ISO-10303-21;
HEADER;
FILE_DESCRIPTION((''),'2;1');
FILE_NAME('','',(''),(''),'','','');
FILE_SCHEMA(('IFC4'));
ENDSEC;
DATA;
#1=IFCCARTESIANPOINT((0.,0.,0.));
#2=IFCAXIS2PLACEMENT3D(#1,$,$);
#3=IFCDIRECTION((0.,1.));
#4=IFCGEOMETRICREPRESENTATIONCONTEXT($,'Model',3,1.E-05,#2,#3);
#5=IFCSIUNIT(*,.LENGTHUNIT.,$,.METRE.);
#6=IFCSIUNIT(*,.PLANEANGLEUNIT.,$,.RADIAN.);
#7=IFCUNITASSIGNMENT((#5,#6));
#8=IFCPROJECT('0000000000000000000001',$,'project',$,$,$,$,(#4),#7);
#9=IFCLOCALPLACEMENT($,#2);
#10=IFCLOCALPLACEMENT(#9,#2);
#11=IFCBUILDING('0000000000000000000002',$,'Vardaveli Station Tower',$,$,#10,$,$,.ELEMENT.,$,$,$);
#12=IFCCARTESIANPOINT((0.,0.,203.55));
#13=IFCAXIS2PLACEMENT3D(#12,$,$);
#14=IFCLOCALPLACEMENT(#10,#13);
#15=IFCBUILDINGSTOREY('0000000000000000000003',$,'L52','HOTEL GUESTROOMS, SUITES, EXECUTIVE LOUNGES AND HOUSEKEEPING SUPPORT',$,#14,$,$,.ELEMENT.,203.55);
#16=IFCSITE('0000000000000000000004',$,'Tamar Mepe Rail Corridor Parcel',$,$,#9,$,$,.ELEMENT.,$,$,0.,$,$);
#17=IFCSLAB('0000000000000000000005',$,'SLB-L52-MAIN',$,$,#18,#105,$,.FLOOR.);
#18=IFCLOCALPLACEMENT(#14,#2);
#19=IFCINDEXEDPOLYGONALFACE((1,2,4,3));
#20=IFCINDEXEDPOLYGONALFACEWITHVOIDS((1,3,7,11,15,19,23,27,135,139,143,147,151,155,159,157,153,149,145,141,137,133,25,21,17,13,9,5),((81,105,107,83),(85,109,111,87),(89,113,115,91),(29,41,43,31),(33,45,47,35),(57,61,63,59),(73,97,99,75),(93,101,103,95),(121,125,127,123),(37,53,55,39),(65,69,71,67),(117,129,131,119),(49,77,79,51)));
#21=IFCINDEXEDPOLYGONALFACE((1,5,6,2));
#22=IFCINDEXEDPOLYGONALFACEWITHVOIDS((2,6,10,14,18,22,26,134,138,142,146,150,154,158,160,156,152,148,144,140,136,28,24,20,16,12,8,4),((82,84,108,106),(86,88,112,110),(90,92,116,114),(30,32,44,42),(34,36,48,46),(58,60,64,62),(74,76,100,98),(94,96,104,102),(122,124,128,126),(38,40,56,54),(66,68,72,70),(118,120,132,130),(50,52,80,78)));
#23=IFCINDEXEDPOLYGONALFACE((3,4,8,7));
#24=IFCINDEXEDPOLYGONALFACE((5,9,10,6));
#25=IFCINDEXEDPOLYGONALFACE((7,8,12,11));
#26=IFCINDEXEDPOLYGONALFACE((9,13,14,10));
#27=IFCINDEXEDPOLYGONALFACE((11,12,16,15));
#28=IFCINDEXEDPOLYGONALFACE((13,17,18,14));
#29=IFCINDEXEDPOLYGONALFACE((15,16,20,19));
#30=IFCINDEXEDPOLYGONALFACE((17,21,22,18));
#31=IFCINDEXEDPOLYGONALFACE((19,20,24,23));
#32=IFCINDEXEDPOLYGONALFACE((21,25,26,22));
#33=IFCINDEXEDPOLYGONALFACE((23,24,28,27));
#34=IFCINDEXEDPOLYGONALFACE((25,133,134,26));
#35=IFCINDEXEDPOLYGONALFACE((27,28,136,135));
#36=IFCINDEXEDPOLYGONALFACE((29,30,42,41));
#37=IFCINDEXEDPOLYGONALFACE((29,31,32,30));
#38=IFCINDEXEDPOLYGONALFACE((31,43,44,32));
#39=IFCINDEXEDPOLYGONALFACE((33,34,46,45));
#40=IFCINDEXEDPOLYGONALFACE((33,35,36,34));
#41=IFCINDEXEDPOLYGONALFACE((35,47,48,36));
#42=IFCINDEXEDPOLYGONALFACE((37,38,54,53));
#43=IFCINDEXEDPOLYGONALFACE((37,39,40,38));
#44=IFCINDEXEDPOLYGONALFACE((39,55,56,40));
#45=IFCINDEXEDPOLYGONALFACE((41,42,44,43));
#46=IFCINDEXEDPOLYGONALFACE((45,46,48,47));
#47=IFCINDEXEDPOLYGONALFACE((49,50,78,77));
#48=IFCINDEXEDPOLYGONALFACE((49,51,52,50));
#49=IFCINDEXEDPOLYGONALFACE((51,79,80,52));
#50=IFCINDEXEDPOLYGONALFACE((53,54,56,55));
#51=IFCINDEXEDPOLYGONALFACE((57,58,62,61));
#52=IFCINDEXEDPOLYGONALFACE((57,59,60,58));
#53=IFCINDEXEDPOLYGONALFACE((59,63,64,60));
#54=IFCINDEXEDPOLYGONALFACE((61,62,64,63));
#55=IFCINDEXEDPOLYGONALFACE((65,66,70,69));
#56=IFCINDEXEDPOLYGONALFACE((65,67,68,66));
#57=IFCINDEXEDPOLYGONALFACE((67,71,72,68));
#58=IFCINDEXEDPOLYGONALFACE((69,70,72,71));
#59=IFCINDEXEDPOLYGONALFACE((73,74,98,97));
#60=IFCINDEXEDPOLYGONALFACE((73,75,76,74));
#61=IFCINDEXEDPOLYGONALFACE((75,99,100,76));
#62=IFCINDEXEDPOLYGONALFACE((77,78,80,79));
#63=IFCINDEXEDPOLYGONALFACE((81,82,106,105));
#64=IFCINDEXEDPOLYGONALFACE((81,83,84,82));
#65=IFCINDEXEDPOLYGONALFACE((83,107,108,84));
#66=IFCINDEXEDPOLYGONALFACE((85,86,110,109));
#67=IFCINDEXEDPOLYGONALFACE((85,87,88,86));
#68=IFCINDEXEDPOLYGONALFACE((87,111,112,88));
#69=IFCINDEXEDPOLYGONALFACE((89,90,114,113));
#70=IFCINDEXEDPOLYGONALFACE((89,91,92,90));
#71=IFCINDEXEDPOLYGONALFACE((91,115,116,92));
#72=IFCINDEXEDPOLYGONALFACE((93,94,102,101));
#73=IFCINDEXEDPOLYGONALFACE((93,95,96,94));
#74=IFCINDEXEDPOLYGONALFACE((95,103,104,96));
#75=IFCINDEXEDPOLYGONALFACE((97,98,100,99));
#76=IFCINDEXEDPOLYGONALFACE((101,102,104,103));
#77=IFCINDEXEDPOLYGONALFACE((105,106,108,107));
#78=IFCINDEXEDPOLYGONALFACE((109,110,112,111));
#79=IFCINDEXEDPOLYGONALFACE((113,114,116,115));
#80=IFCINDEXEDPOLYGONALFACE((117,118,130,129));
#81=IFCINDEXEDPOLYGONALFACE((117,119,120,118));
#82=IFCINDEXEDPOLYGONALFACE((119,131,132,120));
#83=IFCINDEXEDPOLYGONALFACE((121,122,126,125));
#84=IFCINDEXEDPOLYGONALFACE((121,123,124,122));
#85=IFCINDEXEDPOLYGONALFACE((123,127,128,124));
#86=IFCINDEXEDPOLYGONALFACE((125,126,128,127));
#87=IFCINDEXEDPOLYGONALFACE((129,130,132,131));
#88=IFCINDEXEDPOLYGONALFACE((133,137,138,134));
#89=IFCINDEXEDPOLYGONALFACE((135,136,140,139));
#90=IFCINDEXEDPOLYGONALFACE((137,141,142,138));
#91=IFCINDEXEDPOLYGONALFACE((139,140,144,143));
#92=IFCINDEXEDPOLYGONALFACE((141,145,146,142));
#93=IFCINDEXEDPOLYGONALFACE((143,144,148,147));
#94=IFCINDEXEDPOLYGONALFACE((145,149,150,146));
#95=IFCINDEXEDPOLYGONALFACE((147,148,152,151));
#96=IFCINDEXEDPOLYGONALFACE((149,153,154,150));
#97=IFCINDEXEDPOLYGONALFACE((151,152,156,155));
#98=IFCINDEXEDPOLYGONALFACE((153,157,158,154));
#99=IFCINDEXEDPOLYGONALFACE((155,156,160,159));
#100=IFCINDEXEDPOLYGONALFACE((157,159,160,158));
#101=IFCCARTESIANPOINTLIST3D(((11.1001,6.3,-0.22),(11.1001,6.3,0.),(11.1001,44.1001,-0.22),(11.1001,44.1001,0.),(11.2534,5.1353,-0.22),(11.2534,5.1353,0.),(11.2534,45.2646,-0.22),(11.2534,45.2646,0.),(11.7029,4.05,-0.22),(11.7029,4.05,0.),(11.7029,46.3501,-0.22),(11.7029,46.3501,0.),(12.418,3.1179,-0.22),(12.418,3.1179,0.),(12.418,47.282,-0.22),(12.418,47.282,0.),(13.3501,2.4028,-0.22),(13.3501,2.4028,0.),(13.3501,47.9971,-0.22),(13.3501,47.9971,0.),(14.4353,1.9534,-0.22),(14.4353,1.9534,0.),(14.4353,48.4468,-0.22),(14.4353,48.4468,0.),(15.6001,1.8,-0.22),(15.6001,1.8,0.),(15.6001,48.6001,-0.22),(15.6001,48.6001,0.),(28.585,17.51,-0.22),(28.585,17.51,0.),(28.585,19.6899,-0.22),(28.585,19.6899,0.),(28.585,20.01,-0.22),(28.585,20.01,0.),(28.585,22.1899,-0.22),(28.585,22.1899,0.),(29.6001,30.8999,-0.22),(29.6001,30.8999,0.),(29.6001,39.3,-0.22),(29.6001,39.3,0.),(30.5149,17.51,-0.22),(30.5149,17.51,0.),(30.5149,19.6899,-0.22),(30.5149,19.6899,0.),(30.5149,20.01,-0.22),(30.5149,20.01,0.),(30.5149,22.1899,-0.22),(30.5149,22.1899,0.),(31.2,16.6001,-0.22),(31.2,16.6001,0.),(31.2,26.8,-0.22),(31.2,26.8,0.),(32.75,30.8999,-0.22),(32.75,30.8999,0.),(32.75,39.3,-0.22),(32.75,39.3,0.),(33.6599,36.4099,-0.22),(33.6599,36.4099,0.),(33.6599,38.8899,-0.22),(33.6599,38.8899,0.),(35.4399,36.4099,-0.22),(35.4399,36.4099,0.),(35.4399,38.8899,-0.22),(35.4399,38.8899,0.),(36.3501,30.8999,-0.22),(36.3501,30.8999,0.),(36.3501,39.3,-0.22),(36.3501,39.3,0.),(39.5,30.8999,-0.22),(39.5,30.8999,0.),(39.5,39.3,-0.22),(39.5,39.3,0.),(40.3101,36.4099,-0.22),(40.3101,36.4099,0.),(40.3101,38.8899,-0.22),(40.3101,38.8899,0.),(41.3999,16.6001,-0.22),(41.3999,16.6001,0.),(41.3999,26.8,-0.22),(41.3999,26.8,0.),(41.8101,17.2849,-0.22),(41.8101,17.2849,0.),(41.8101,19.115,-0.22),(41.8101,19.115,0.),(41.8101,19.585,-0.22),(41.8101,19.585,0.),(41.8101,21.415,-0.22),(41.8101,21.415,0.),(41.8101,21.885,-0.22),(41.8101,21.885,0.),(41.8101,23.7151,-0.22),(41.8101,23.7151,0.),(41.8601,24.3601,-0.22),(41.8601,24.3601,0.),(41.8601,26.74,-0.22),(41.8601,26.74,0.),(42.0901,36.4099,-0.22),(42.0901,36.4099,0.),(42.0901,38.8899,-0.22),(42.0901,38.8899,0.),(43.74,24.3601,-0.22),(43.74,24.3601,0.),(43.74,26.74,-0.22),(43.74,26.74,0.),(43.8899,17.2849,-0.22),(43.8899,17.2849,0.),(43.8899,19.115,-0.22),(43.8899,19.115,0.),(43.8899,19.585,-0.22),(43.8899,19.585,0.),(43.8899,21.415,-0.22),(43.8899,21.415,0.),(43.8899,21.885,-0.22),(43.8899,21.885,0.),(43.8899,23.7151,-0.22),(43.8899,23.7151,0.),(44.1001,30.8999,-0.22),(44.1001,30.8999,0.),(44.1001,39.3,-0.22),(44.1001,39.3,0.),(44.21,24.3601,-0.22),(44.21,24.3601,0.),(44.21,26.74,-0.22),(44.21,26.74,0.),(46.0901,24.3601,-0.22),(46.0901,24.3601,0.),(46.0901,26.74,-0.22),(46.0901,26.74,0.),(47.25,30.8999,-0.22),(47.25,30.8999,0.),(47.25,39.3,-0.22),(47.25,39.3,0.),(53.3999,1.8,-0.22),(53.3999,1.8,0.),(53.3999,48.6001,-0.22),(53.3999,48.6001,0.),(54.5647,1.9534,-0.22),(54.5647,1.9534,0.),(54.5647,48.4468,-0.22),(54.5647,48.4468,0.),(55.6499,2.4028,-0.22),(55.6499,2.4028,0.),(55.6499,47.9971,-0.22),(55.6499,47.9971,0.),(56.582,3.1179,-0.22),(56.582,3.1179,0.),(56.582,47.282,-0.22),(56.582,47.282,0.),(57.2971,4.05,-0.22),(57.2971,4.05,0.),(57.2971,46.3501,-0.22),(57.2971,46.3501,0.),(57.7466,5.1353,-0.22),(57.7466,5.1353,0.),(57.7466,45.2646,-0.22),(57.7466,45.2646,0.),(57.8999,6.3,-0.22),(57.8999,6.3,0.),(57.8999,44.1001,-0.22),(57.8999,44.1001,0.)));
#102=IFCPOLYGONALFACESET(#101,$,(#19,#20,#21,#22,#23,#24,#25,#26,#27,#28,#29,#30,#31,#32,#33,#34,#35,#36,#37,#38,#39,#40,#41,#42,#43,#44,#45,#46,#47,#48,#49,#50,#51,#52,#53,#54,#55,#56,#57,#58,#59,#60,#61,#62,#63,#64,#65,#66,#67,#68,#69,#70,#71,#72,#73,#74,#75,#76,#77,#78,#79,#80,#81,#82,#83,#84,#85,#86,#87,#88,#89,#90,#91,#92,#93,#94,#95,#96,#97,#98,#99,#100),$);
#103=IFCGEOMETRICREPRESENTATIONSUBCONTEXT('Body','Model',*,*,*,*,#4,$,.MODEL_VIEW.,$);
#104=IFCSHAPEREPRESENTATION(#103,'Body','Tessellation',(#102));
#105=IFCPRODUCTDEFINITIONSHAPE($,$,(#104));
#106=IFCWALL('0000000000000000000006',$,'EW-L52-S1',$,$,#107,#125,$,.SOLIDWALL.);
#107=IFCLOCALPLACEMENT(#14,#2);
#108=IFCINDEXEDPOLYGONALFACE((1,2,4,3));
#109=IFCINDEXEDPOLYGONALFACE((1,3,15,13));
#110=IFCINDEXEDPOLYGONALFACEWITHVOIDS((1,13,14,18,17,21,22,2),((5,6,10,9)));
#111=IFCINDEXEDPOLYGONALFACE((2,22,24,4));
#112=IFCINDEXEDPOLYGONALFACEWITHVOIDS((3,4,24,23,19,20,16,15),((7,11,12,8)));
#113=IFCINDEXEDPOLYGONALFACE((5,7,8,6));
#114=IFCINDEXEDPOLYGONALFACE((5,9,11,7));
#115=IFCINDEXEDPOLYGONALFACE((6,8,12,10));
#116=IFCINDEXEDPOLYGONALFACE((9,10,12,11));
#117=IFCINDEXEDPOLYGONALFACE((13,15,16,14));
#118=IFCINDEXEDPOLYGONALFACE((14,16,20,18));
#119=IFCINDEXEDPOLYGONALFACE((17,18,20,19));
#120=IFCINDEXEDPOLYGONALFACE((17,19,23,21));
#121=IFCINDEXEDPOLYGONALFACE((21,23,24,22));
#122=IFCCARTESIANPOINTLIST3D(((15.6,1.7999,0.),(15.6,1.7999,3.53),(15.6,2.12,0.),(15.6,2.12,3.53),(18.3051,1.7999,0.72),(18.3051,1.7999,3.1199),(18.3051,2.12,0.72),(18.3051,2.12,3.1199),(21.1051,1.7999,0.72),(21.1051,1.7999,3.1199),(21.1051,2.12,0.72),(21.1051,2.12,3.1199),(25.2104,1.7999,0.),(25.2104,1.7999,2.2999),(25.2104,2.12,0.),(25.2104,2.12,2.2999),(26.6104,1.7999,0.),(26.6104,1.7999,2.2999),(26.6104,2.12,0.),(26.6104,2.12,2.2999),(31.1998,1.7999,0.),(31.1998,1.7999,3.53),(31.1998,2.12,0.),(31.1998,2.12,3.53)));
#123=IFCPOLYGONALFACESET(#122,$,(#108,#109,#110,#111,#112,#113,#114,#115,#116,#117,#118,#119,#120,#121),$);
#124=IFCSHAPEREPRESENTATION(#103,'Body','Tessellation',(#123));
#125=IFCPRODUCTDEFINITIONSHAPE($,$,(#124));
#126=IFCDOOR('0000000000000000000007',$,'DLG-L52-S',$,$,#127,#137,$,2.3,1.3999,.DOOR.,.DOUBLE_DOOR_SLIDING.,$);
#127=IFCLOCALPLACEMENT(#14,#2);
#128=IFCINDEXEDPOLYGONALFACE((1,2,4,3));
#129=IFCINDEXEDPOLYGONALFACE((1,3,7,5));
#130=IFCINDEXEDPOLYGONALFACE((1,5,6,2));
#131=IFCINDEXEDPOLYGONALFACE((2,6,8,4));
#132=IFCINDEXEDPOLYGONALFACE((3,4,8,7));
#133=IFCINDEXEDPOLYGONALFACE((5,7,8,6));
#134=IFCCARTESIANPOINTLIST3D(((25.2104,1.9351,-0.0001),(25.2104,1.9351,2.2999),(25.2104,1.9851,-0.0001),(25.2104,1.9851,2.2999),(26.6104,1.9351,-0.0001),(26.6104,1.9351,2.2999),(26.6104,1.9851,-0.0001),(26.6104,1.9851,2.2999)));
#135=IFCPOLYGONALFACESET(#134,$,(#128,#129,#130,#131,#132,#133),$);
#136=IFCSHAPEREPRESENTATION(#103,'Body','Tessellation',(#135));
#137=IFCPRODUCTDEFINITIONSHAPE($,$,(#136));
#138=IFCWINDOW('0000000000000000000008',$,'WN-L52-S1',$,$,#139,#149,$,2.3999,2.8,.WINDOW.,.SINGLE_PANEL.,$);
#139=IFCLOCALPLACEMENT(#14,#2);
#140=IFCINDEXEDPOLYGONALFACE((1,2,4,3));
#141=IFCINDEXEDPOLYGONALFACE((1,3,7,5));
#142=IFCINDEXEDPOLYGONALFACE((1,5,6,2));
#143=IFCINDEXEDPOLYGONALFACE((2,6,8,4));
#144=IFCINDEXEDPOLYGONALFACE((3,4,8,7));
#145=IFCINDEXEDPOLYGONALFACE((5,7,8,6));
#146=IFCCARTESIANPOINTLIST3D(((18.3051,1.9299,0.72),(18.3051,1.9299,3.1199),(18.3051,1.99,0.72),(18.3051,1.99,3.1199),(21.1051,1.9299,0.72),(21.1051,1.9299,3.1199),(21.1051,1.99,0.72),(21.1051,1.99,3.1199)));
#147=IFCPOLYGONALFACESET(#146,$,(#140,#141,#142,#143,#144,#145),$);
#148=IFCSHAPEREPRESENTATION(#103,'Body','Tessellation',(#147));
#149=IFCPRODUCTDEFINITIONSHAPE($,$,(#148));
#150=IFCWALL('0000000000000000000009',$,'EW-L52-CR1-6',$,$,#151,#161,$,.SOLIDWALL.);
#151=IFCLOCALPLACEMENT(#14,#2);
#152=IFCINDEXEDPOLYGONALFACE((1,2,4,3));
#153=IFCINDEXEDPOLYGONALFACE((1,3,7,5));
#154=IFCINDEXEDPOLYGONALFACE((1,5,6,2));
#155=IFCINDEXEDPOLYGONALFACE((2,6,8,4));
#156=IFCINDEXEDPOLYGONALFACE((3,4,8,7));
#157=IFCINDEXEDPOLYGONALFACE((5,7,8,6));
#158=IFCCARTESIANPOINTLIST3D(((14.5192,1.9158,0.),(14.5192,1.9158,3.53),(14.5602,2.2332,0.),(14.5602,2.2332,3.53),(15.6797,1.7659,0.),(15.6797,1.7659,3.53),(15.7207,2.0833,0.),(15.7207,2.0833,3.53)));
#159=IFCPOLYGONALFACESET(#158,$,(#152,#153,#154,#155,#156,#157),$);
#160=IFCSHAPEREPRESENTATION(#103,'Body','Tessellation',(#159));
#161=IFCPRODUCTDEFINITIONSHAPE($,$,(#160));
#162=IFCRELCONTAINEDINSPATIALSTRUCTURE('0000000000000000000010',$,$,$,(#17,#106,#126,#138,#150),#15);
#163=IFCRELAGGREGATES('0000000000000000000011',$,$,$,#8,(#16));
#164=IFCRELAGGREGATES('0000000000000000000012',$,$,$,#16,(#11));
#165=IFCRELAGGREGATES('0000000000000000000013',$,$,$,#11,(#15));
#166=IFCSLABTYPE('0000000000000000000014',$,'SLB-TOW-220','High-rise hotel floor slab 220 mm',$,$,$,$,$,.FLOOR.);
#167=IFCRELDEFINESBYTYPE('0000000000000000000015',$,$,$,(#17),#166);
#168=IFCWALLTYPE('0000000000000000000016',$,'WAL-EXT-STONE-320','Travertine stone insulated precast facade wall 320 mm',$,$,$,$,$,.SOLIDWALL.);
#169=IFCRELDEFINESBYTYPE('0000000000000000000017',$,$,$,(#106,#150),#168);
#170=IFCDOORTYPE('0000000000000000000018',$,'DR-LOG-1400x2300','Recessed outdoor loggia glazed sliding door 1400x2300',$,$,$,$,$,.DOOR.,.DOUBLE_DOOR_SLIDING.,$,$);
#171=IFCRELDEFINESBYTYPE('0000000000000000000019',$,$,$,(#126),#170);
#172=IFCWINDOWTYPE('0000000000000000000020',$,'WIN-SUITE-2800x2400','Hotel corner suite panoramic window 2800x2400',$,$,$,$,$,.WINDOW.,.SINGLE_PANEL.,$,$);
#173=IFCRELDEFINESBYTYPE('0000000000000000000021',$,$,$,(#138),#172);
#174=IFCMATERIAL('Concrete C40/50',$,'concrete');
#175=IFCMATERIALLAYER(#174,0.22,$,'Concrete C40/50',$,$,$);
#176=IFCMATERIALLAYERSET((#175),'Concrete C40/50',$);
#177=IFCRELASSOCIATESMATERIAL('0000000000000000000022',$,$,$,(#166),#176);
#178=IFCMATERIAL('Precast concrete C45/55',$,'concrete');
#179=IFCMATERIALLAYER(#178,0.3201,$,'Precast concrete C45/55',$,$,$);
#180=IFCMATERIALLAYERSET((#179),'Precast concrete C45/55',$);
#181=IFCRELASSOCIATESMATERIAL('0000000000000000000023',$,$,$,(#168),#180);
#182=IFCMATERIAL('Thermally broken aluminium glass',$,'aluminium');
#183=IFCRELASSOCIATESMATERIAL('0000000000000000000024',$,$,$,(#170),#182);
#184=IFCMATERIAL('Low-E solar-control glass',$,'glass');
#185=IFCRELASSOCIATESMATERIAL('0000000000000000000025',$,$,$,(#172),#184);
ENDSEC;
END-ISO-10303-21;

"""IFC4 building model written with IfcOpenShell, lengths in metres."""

from ifc_helpers import new_model, si_unit, direction, frame, frame_2d, origin, place, context, subcontext, project, spatial, polyline, rectangle, outline, extrude, source, transform, mapped, material, layer, layer_set, type_object, element, fill, save


model = new_model("IFC4")

# Units and contexts
model_context = context("Model", 3, precision=1e-05, world=origin(), true_north=direction((0.0, 1.0)))
body_context = subcontext(model_context, "Body", "Model", "MODEL_VIEW")
ifc_project = project(units=[si_unit("LENGTHUNIT", "METRE"), si_unit("PLANEANGLEUNIT", "RADIAN")], contexts=[model_context])

# Site, building, storey
site_placement = place(None, origin())
site = spatial("IfcSite", under=ifc_project, at=site_placement, Name="Tamar Mepe Rail Corridor Parcel", CompositionType="ELEMENT", RefElevation=0.0)
building_placement = place(site_placement, origin())
building = spatial("IfcBuilding", under=site, at=building_placement, Name="Vardaveli Station Tower", CompositionType="ELEMENT")
storey_placement = place(building_placement, frame((0.0, 0.0, 203.55)))
storey = spatial("IfcBuildingStorey", under=building, at=storey_placement, Name="L52", Description="HOTEL GUESTROOMS, SUITES, EXECUTIVE LOUNGES AND HOUSEKEEPING SUPPORT", CompositionType="ELEMENT", Elevation=203.55)

# Shared definitions
ifc_material_1 = material(Name="Concrete C40/50", Category="concrete")

# Slab
ifc_material_2 = material(Name="Precast concrete C45/55", Category="concrete")
ifc_layer_1 = layer(ifc_material_1, 0.22, Name="Concrete C40/50")
ifc_layer_set_1 = layer_set([ifc_layer_1], Name="Concrete C40/50")
slab_type_1 = type_object("IfcSlabType", Name="SLB-TOW-220", Description="High-rise hotel floor slab 220 mm", PredefinedType="FLOOR", material=ifc_layer_set_1)
slab_1_placement = place(storey_placement, frame((0.0, 0.0, -0.22)))
element("IfcSlab", 1, at=slab_1_placement, inside=storey, type_object=slab_type_1, Name="SLB-L52-MAIN", PredefinedType="FLOOR", context=body_context, shape_type="SweptSolid", body=[
    extrude(outline(polyline([(11.1001, 6.3), (11.2534, 5.1353), (11.7029, 4.05), (12.418, 3.1179), (13.3501, 2.4028), (14.4353, 1.9534), (15.6001, 1.8), (53.3999, 1.8), (54.5647, 1.9534), (55.6499, 2.4028), (56.582, 3.1179), (57.2971, 4.05), (57.7466, 5.1353), (57.8999, 6.3), (57.8999, 44.1001), (57.7466, 45.2646), (57.2971, 46.3501), (56.582, 47.282), (55.6499, 47.9971), (54.5647, 48.4468), (53.3999, 48.6001), (15.6001, 48.6001), (14.4353, 48.4468), (13.3501, 47.9971), (12.418, 47.282), (11.7029, 46.3501), (11.2534, 45.2646), (11.1001, 44.1001), (11.1001, 6.3)]), holes=[polyline([(31.2, 16.6001), (41.3999, 16.6001), (41.3999, 26.8), (31.2, 26.8), (31.2, 16.6001)]), polyline([(32.75, 30.8999), (32.75, 39.3), (29.6001, 39.3), (29.6001, 30.8999), (32.75, 30.8999)]), polyline([(39.5, 30.8999), (39.5, 39.3), (36.3501, 39.3), (36.3501, 30.8999), (39.5, 30.8999)]), polyline([(47.25, 30.8999), (47.25, 39.3), (44.1001, 39.3), (44.1001, 30.8999), (47.25, 30.8999)]), polyline([(33.6599, 36.4099), (35.4399, 36.4099), (35.4399, 38.8899), (33.6599, 38.8899), (33.6599, 36.4099)]), polyline([(40.3101, 36.4099), (42.0901, 36.4099), (42.0901, 38.8899), (40.3101, 38.8899), (40.3101, 36.4099)]), polyline([(41.8101, 21.885), (43.8899, 21.885), (43.8899, 23.7151), (41.8101, 23.7151), (41.8101, 21.885)]), polyline([(41.8101, 19.585), (43.8899, 19.585), (43.8899, 21.415), (41.8101, 21.415), (41.8101, 19.585)]), polyline([(41.8101, 17.2849), (43.8899, 17.2849), (43.8899, 19.115), (41.8101, 19.115), (41.8101, 17.2849)]), polyline([(28.585, 17.51), (30.5149, 17.51), (30.5149, 19.6899), (28.585, 19.6899), (28.585, 17.51)]), polyline([(28.585, 20.01), (30.5149, 20.01), (30.5149, 22.1899), (28.585, 22.1899), (28.585, 20.01)]), polyline([(41.8601, 24.3601), (43.74, 24.3601), (43.74, 26.74), (41.8601, 26.74), (41.8601, 24.3601)]), polyline([(44.21, 24.3601), (46.0901, 24.3601), (46.0901, 26.74), (44.21, 26.74), (44.21, 24.3601)])]), origin(), (0.0, 0.0, 1.0), 0.22),
])

# Wall, openings, door, window
ifc_layer_2 = layer(ifc_material_2, 0.3201, Name="Precast concrete C45/55")
ifc_layer_set_2 = layer_set([ifc_layer_2], Name="Precast concrete C45/55")
wall_type = type_object("IfcWallType", Name="WAL-EXT-STONE-320", Description="Travertine stone insulated precast facade wall 320 mm", PredefinedType="SOLIDWALL", material=ifc_layer_set_2)
shared_shape_1 = source(origin(), body_context, "Body", "SweptSolid", [
    extrude(rectangle(XDim=15.5999, YDim=0.3201, at=frame_2d((7.7998, 0.0))), origin(), (0.0, 0.0, 1.0), 3.53),
])
wall_1_placement = place(storey_placement, frame((15.6001, 1.96, 0.0), z_axis=(0.0, 0.0, 1.0), x_axis=(1.0, 0.0, 0.0)))
wall_1 = element("IfcWall", 2, at=wall_1_placement, inside=storey, type_object=wall_type, Name="EW-L52-S1", PredefinedType="SOLIDWALL", context=body_context, shape_type="MappedRepresentation", body=[
    mapped(shared_shape_1, transform((0.0, 0.0, 0.0), scale=1.0)),
])
shared_shape_2 = source(origin(), body_context, "Body", "SweptSolid", [
    extrude(rectangle(XDim=1.3999, YDim=2.3, at=frame_2d((0.7, 1.1499))), frame((0.0, 0.1699, 0.0), z_axis=(0.0, -1.0, 0.0), x_axis=(1.0, 0.0, 0.0)), (0.0, 0.0, 1.0), 0.3401),
])
opening_1_placement = place(wall_1_placement, frame((9.6104, 0.0, 0.0)))
opening_1 = element("IfcOpeningElement", 3, at=opening_1_placement, cuts=wall_1, PredefinedType="OPENING", context=body_context, shape_type="MappedRepresentation", body=[
    mapped(shared_shape_2, transform((0.0, 0.0, 0.0), scale=1.0)),
])
shared_shape_3 = source(origin(), body_context, "Body", "SweptSolid", [
    extrude(rectangle(XDim=2.8, YDim=2.3999, at=frame_2d((1.3999, 1.2))), frame((0.0, 0.1699, 0.0), z_axis=(0.0, -1.0, 0.0), x_axis=(1.0, 0.0, 0.0)), (0.0, 0.0, 1.0), 0.3401),
])
opening_2_placement = place(wall_1_placement, frame((2.7051, 0.0, 0.72)))
opening_2 = element("IfcOpeningElement", 4, at=opening_2_placement, cuts=wall_1, PredefinedType="OPENING", context=body_context, shape_type="MappedRepresentation", body=[
    mapped(shared_shape_3, transform((0.0, 0.0, 0.0), scale=1.0)),
])
ifc_material_3 = material(Name="Thermally broken aluminium glass", Category="aluminium")
door_type = type_object("IfcDoorType", Name="DR-LOG-1400x2300", Description="Recessed outdoor loggia glazed sliding door 1400x2300", OperationType="DOUBLE_DOOR_SLIDING", PredefinedType="DOOR", material=ifc_material_3)
shared_shape_4 = source(origin(), body_context, "Body", "SweptSolid", [
    extrude(rectangle(XDim=1.3999, YDim=2.3, at=frame_2d((0.7, 1.1499))), frame((0.0, 0.0249, 0.0), z_axis=(0.0, -1.0, 0.0), x_axis=(1.0, 0.0, 0.0)), (0.0, 0.0, 1.0), 0.05),
])
door_placement = place(opening_1_placement, frame((1.3999, 0.0, 0.0), z_axis=(0.0, 0.0, 1.0), x_axis=(-1.0, 0.0, 0.0)))
door = element("IfcDoor", 5, at=door_placement, inside=storey, type_object=door_type, Name="DLG-L52-S", OperationType="DOUBLE_DOOR_SLIDING", OverallHeight=2.3, OverallWidth=1.3999, PredefinedType="DOOR", context=body_context, shape_type="MappedRepresentation", body=[
    mapped(shared_shape_4, transform((0.0, 0.0, 0.0), scale=1.0)),
])
fill(opening_1, door)
ifc_material_4 = material(Name="Low-E solar-control glass", Category="glass")
window_type = type_object("IfcWindowType", Name="WIN-SUITE-2800x2400", Description="Hotel corner suite panoramic window 2800x2400", PartitioningType="SINGLE_PANEL", PredefinedType="WINDOW", material=ifc_material_4)
shared_shape_5 = source(origin(), body_context, "Body", "SweptSolid", [
    extrude(rectangle(XDim=2.8, YDim=2.3999, at=frame_2d((1.3999, 1.2))), frame((0.0, 0.03, 0.0), z_axis=(0.0, -1.0, 0.0), x_axis=(1.0, 0.0, 0.0)), (0.0, 0.0, 1.0), 0.0601),
])
window_placement = place(opening_2_placement, origin())
window = element("IfcWindow", 6, at=window_placement, inside=storey, type_object=window_type, Name="WN-L52-S1", OverallHeight=2.3999, OverallWidth=2.8, PartitioningType="SINGLE_PANEL", PredefinedType="WINDOW", context=body_context, shape_type="MappedRepresentation", body=[
    mapped(shared_shape_5, transform((0.0, 0.0, 0.0), scale=1.0)),
])
fill(opening_2, window)

# Wall
shared_shape_6 = source(origin(), body_context, "Body", "SweptSolid", [
    extrude(rectangle(XDim=1.1702, YDim=0.3201, at=frame_2d((0.585, 0.0))), origin(), (0.0, 0.0, 1.0), 3.53),
])
wall_2_placement = place(storey_placement, frame((14.5398, 2.0745, 0.0), z_axis=(0.0, 0.0, 1.0), x_axis=(0.991762, -0.12809, 0.0)))
element("IfcWall", 7, at=wall_2_placement, inside=storey, type_object=wall_type, Name="EW-L52-CR1-6", PredefinedType="SOLIDWALL", context=body_context, shape_type="MappedRepresentation", body=[
    mapped(shared_shape_6, transform((0.0, 0.0, 0.0), scale=1.0)),
])

save(model, "model.ifc")
